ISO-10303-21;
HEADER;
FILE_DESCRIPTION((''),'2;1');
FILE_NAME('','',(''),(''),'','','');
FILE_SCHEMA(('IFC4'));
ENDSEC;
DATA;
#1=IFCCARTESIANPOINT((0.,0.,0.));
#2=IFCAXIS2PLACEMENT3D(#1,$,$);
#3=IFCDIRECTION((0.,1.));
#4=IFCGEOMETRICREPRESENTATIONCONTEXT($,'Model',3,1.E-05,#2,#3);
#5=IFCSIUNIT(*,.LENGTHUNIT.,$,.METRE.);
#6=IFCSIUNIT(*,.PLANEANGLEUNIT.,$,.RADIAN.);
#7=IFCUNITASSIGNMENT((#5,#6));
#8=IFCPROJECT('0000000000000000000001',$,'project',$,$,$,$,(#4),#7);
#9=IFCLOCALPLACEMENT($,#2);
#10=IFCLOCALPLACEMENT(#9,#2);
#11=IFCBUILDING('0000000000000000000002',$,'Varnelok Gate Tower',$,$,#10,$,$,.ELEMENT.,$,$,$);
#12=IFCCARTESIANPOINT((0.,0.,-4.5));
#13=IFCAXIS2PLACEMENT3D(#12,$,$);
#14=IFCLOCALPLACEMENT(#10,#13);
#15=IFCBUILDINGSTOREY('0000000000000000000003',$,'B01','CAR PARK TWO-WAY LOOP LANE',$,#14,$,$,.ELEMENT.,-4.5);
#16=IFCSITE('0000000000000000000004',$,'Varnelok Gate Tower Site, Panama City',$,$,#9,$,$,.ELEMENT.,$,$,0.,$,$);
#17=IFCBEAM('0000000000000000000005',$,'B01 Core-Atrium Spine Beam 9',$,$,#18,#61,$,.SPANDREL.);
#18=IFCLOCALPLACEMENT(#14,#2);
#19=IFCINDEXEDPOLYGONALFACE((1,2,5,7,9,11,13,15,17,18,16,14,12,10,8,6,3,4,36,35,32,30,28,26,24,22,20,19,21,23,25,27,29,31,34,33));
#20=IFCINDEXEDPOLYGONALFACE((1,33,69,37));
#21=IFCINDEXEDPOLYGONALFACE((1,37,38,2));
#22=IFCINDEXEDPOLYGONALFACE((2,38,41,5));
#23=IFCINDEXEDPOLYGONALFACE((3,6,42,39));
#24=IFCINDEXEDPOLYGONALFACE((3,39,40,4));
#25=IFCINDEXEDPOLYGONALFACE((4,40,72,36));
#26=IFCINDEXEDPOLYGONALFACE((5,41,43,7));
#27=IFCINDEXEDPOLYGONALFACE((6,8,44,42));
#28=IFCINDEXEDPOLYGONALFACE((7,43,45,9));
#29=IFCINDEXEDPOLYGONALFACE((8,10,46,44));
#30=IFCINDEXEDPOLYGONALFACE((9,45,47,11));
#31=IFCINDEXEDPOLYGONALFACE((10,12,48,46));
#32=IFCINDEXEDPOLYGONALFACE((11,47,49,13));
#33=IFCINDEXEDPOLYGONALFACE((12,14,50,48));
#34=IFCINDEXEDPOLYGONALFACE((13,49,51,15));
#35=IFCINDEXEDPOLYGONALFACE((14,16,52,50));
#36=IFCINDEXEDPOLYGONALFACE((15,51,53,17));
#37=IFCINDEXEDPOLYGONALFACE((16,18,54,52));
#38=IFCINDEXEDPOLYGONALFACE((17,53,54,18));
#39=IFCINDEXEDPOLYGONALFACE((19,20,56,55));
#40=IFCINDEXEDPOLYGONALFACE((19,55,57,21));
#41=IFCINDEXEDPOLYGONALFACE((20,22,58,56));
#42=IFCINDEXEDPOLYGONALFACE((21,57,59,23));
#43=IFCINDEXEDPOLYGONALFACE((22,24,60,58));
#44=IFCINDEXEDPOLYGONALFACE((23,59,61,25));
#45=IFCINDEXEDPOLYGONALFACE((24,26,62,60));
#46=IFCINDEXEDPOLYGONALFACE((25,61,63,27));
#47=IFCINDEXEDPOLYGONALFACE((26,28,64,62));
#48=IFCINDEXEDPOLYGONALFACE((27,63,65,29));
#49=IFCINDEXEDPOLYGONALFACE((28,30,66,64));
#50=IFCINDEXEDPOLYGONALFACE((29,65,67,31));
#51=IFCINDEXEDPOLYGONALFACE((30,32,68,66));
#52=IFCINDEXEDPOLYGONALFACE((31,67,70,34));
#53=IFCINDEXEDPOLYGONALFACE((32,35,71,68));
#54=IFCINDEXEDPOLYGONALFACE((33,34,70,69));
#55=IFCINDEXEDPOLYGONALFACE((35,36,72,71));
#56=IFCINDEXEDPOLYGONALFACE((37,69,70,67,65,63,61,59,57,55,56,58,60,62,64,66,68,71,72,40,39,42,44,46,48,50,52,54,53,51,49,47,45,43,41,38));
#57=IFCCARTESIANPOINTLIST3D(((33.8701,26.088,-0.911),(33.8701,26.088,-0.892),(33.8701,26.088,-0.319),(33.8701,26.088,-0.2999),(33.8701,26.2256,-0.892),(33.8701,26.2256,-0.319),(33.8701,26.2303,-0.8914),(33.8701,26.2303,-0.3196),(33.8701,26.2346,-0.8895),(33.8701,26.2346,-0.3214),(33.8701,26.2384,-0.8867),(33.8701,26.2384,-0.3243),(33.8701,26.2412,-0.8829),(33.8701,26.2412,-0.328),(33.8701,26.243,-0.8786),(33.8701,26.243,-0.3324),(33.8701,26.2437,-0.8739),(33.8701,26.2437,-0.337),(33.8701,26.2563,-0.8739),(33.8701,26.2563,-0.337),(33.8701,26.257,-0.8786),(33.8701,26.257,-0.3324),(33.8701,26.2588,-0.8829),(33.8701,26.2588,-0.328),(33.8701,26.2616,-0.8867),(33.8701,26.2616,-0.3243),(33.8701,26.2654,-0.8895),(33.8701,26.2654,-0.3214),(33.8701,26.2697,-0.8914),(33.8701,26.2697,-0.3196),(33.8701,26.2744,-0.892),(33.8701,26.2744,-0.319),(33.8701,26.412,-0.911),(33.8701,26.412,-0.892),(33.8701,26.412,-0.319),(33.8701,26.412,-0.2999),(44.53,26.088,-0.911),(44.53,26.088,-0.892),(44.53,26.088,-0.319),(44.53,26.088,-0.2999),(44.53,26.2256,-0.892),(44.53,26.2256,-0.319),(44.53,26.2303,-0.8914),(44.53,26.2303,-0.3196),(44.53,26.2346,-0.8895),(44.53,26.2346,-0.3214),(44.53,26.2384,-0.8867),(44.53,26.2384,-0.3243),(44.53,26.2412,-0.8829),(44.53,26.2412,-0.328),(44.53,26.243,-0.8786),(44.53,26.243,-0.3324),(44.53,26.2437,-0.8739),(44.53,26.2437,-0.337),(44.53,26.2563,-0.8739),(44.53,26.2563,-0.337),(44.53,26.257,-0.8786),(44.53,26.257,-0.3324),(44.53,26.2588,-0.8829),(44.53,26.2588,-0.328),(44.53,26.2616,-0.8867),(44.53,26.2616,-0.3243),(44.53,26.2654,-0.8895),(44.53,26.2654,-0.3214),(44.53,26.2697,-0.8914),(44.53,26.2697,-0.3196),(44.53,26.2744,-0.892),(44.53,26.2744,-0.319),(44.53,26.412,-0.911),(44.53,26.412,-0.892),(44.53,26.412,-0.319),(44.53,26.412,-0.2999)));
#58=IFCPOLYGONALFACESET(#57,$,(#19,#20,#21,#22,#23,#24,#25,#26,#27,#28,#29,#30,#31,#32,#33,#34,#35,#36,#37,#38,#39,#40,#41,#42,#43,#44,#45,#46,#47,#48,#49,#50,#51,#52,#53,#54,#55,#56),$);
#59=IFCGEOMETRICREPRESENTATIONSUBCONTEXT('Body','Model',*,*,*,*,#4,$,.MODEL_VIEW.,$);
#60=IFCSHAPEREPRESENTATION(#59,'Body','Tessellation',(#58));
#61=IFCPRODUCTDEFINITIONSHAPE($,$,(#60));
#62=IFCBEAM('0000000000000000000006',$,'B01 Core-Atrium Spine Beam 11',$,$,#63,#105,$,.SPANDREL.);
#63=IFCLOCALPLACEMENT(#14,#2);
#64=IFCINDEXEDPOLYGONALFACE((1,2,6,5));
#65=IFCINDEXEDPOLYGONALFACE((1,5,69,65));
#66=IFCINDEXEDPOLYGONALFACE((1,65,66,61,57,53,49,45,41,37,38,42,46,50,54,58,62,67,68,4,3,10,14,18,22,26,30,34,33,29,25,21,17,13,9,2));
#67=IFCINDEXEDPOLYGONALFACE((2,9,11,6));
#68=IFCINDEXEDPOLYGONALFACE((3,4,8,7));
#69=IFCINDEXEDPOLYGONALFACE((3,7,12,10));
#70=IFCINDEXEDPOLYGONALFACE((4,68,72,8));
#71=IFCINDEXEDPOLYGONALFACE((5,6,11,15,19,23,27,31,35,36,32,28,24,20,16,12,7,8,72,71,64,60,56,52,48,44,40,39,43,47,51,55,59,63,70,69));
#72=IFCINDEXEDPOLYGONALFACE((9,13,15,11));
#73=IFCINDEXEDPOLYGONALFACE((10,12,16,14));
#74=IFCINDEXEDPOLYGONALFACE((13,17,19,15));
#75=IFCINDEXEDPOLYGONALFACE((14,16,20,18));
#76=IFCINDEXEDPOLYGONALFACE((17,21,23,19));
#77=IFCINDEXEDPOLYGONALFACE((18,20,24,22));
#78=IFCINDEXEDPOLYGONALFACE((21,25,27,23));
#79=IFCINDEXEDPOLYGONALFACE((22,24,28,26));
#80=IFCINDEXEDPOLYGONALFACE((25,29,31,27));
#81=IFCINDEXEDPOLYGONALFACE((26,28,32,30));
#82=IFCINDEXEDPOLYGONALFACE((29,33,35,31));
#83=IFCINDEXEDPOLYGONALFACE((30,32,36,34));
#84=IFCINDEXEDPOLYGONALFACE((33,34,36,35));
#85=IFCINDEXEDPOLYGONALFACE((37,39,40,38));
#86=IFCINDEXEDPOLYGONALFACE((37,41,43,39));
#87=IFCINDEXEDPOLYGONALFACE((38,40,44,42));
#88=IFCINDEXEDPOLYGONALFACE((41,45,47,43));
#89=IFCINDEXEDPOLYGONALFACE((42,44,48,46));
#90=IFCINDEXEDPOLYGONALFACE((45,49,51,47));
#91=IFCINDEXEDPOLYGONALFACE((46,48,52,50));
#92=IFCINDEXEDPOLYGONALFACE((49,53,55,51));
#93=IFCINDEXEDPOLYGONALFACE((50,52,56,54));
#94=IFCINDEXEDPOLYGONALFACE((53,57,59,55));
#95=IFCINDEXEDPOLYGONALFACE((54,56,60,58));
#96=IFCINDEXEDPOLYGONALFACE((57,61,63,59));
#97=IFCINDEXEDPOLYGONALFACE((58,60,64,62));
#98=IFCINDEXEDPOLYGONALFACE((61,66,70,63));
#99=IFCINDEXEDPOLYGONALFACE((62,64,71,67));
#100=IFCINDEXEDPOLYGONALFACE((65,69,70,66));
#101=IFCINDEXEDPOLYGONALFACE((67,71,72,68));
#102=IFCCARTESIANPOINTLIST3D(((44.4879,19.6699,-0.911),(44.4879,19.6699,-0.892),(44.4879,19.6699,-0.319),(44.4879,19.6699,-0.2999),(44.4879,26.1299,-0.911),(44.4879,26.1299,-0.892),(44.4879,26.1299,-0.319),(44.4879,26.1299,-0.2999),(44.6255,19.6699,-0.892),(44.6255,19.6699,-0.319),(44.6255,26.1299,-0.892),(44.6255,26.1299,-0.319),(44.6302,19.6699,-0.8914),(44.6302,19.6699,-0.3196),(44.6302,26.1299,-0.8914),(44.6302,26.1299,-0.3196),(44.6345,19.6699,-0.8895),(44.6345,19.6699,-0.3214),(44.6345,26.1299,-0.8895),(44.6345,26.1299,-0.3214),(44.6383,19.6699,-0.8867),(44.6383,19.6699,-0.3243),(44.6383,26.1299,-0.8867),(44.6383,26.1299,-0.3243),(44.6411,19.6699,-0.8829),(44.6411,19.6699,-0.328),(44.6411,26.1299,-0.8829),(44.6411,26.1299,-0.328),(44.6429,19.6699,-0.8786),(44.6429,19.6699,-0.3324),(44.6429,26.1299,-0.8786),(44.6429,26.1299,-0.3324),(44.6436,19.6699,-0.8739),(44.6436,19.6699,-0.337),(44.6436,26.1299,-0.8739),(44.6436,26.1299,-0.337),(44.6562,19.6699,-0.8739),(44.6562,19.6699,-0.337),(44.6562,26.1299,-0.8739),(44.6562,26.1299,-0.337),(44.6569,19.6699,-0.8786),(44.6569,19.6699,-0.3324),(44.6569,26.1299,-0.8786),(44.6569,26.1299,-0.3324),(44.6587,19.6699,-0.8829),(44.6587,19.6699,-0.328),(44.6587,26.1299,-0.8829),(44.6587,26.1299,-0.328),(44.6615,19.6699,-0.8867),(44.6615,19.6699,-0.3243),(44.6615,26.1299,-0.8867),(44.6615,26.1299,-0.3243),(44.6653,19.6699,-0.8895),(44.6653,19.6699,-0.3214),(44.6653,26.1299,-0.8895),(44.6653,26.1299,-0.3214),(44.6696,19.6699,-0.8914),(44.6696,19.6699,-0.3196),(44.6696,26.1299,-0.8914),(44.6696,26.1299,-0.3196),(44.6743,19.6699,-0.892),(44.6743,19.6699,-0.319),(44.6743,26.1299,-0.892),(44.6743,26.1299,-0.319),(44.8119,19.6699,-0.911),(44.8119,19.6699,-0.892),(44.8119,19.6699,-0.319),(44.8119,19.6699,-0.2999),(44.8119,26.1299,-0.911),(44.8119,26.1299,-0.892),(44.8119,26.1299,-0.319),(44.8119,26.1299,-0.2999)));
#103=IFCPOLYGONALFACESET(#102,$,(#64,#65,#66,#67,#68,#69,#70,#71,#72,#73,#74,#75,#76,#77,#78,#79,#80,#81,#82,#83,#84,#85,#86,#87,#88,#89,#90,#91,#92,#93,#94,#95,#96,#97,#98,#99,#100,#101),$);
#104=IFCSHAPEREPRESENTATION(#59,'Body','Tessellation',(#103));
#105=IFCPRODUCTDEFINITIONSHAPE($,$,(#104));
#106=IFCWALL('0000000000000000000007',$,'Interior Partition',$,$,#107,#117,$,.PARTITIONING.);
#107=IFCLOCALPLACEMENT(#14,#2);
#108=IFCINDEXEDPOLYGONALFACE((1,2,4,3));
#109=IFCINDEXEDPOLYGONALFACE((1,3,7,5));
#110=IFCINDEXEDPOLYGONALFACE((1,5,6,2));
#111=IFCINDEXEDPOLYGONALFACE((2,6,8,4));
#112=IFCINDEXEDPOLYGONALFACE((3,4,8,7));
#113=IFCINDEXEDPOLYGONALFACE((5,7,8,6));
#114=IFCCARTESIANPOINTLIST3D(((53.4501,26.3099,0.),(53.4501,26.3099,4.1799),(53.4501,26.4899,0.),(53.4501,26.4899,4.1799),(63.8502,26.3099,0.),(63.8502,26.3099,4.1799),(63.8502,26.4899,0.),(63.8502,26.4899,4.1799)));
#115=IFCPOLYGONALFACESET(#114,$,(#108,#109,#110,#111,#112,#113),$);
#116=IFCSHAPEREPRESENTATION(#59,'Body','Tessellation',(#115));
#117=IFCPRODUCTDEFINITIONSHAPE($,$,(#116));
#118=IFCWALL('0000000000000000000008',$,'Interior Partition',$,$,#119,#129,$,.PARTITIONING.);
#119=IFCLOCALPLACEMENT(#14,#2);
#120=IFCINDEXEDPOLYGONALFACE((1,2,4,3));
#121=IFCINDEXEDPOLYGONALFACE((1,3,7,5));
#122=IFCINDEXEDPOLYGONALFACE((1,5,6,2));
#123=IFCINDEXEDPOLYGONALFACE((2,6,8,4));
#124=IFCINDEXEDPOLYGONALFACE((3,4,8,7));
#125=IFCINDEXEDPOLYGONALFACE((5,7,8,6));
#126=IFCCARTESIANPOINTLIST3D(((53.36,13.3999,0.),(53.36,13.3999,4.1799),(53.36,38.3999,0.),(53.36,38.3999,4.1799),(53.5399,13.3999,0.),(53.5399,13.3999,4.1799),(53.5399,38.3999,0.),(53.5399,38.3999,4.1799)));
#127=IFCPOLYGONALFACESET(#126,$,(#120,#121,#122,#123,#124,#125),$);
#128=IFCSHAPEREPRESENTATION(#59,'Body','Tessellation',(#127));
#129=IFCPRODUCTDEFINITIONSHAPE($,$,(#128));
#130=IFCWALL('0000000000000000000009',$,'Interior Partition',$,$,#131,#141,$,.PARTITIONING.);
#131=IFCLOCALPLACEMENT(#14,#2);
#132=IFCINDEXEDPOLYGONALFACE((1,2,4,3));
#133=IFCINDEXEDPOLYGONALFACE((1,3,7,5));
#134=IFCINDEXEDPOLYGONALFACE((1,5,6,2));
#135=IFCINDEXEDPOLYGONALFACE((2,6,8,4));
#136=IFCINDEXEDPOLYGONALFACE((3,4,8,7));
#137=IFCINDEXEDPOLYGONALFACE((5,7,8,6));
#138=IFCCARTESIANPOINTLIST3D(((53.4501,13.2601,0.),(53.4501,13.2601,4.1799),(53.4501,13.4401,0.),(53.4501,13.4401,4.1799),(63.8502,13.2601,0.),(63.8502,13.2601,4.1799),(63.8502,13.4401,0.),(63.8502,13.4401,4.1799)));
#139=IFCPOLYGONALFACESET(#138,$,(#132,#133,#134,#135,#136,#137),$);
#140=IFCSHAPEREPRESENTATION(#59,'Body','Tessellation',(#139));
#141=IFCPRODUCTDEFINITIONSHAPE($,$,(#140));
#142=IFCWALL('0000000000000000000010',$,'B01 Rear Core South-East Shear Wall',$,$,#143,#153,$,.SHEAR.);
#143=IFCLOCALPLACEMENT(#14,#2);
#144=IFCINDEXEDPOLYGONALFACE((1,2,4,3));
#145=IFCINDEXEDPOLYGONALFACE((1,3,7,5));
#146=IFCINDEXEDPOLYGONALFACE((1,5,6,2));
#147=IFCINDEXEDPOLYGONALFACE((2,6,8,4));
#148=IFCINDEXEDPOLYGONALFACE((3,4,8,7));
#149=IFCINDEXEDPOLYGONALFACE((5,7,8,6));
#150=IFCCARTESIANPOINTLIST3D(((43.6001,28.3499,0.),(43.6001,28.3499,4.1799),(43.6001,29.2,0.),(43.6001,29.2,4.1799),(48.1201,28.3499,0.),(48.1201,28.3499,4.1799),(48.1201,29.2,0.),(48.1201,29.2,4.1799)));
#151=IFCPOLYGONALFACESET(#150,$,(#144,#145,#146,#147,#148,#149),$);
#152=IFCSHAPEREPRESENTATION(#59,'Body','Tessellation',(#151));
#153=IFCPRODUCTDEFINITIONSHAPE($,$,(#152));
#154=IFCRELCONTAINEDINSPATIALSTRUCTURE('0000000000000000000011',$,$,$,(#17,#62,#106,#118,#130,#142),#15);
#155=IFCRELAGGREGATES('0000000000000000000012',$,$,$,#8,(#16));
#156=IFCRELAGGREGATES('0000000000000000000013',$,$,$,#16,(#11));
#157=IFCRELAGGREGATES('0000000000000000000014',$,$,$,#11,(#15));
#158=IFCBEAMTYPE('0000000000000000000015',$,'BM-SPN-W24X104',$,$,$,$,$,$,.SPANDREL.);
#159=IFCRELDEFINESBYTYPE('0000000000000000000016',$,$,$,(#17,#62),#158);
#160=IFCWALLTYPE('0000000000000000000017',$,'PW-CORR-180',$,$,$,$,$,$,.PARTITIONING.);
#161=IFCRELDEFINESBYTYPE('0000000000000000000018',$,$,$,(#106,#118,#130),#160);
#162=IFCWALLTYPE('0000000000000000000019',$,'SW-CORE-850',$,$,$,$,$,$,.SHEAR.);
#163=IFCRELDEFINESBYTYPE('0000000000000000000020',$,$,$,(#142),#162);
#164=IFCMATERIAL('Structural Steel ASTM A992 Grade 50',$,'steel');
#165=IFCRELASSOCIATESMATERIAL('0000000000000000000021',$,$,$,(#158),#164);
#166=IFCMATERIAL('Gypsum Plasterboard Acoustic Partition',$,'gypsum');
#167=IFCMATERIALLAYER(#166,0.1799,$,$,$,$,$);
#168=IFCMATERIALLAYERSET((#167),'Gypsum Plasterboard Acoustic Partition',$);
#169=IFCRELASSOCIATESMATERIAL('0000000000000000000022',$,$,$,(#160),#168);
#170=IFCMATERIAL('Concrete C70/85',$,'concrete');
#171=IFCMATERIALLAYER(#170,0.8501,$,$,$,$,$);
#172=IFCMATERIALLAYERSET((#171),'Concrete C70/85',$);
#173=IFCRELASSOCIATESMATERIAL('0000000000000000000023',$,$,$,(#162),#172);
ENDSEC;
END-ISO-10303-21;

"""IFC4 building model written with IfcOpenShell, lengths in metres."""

from ifc_helpers import new_model, si_unit, direction, frame, frame_2d, origin, origin_2d, place, context, subcontext, project, spatial, rectangle, i_section, extrude, material, layer, layer_set, material_profile, profile_set, type_object, element, save


model = new_model("IFC4")

# Units and contexts
model_context = context("Model", 3, precision=1e-05, world=origin(), true_north=direction((0.0, 1.0)))
body_context = subcontext(model_context, "Body", "Model", "MODEL_VIEW")
ifc_project = project(units=[si_unit("LENGTHUNIT", "METRE"), si_unit("PLANEANGLEUNIT", "RADIAN")], contexts=[model_context])

# Site, building, storey
site_placement = place(None, origin())
site = spatial("IfcSite", under=ifc_project, at=site_placement, Name="Varnelok Gate Tower Site, Panama City", CompositionType="ELEMENT", RefElevation=0.0)
building_placement = place(site_placement, origin())
building = spatial("IfcBuilding", under=site, at=building_placement, Name="Varnelok Gate Tower", CompositionType="ELEMENT")
storey_placement = place(building_placement, frame((0.0, 0.0, -4.5)))
storey = spatial("IfcBuildingStorey", under=building, at=storey_placement, Name="B01", Description="CAR PARK TWO-WAY LOOP LANE", CompositionType="ELEMENT", Elevation=-4.5)

# Shared definitions
ifc_material_1 = material(Name="Concrete C70/85", Category="concrete")
ifc_material_2 = material(Name="Structural Steel ASTM A992 Grade 50", Category="steel")

# Beams
ifc_material_profile_1 = material_profile(ifc_material_2, i_section(OverallWidth=0.324, OverallDepth=0.6111, WebThickness=0.0127, FlangeThickness=0.019, FilletRadius=0.0181, at=origin_2d()), Name="W24X104")
ifc_profile_set_1 = profile_set([ifc_material_profile_1], Name="Structural Steel ASTM A992 Grade 50")
beam_type_1 = type_object("IfcBeamType", Name="BM-SPN-W24X104", PredefinedType="SPANDREL", material=ifc_profile_set_1)
for number, where, z_axis, x_axis, name in (
    (1, (33.8701, 26.25, -0.6055), (1.0, 0.0, 0.0), (0.0, 1.0, 0.0), "B01 Core-Atrium Spine Beam 9"),
):
    element("IfcBeam", number, at=place(storey_placement, frame(where, z_axis=z_axis, x_axis=x_axis)), inside=storey, type_object=beam_type_1, Name=name, PredefinedType="SPANDREL", context=body_context, shape_type="SweptSolid", body=[
        extrude(i_section(OverallWidth=0.324, OverallDepth=0.6111, WebThickness=0.0127, FlangeThickness=0.019, FilletRadius=0.0181, at=origin_2d()), origin(), (0.0, 0.0, 1.0), 10.6599),
    ])
beam_1_placement = place(storey_placement, frame((44.6499, 19.6699, -0.6055), z_axis=(0.0, 1.0, 0.0), x_axis=(-1.0, 0.0, 0.0)))
element("IfcBeam", 2, at=beam_1_placement, inside=storey, type_object=beam_type_1, Name="B01 Core-Atrium Spine Beam 11", PredefinedType="SPANDREL", context=body_context, shape_type="SweptSolid", body=[
    extrude(i_section(OverallWidth=0.324, OverallDepth=0.6111, WebThickness=0.0127, FlangeThickness=0.019, FilletRadius=0.0181, at=origin_2d()), origin(), (0.0, 0.0, 1.0), 6.46),
])

# Walls
ifc_material_3 = material(Name="Gypsum Plasterboard Acoustic Partition", Category="gypsum")
ifc_layer_1 = layer(ifc_material_3, 0.1799)
ifc_layer_set_1 = layer_set([ifc_layer_1], Name="Gypsum Plasterboard Acoustic Partition")
wall_type_1 = type_object("IfcWallType", Name="PW-CORR-180", PredefinedType="PARTITIONING", material=ifc_layer_set_1)
wall_1_placement = place(storey_placement, frame((53.45, 26.3999, 0.0), z_axis=(0.0, 0.0, 1.0), x_axis=(1.0, 0.0, 0.0)))
element("IfcWall", 3, at=wall_1_placement, inside=storey, type_object=wall_type_1, Name="Interior Partition", PredefinedType="PARTITIONING", context=body_context, shape_type="SweptSolid", body=[
    extrude(rectangle(XDim=10.4001, YDim=0.1799, at=frame_2d((5.2002, 0.0))), origin(), (0.0, 0.0, 1.0), 4.1799),
])
wall_2_placement = place(storey_placement, frame((53.45, 13.3999, 0.0), z_axis=(0.0, 0.0, 1.0), x_axis=(0.0, 1.0, 0.0)))
element("IfcWall", 4, at=wall_2_placement, inside=storey, type_object=wall_type_1, Name="Interior Partition", PredefinedType="PARTITIONING", context=body_context, shape_type="SweptSolid", body=[
    extrude(rectangle(XDim=25.0, YDim=0.1799, at=frame_2d((12.5, 0.0))), origin(), (0.0, 0.0, 1.0), 4.1799),
])
wall_3_placement = place(storey_placement, frame((53.45, 13.3501, 0.0), z_axis=(0.0, 0.0, 1.0), x_axis=(1.0, 0.0, 0.0)))
element("IfcWall", 5, at=wall_3_placement, inside=storey, type_object=wall_type_1, Name="Interior Partition", PredefinedType="PARTITIONING", context=body_context, shape_type="SweptSolid", body=[
    extrude(rectangle(XDim=10.4001, YDim=0.1799, at=frame_2d((5.2002, 0.0))), origin(), (0.0, 0.0, 1.0), 4.1799),
])
ifc_layer_2 = layer(ifc_material_1, 0.8501)
ifc_layer_set_2 = layer_set([ifc_layer_2], Name="Concrete C70/85")
wall_type_2 = type_object("IfcWallType", Name="SW-CORE-850", PredefinedType="SHEAR", material=ifc_layer_set_2)
wall_4_placement = place(storey_placement, frame((43.6001, 28.7749, 0.0), z_axis=(0.0, 0.0, 1.0), x_axis=(1.0, 0.0, 0.0)))
element("IfcWall", 6, at=wall_4_placement, inside=storey, type_object=wall_type_2, Name="B01 Rear Core South-East Shear Wall", PredefinedType="SHEAR", context=body_context, shape_type="SweptSolid", body=[
    extrude(rectangle(XDim=4.52, YDim=0.8501, at=frame_2d((2.26, 0.0))), origin(), (0.0, 0.0, 1.0), 4.1799),
])

save(model, "model.ifc")
